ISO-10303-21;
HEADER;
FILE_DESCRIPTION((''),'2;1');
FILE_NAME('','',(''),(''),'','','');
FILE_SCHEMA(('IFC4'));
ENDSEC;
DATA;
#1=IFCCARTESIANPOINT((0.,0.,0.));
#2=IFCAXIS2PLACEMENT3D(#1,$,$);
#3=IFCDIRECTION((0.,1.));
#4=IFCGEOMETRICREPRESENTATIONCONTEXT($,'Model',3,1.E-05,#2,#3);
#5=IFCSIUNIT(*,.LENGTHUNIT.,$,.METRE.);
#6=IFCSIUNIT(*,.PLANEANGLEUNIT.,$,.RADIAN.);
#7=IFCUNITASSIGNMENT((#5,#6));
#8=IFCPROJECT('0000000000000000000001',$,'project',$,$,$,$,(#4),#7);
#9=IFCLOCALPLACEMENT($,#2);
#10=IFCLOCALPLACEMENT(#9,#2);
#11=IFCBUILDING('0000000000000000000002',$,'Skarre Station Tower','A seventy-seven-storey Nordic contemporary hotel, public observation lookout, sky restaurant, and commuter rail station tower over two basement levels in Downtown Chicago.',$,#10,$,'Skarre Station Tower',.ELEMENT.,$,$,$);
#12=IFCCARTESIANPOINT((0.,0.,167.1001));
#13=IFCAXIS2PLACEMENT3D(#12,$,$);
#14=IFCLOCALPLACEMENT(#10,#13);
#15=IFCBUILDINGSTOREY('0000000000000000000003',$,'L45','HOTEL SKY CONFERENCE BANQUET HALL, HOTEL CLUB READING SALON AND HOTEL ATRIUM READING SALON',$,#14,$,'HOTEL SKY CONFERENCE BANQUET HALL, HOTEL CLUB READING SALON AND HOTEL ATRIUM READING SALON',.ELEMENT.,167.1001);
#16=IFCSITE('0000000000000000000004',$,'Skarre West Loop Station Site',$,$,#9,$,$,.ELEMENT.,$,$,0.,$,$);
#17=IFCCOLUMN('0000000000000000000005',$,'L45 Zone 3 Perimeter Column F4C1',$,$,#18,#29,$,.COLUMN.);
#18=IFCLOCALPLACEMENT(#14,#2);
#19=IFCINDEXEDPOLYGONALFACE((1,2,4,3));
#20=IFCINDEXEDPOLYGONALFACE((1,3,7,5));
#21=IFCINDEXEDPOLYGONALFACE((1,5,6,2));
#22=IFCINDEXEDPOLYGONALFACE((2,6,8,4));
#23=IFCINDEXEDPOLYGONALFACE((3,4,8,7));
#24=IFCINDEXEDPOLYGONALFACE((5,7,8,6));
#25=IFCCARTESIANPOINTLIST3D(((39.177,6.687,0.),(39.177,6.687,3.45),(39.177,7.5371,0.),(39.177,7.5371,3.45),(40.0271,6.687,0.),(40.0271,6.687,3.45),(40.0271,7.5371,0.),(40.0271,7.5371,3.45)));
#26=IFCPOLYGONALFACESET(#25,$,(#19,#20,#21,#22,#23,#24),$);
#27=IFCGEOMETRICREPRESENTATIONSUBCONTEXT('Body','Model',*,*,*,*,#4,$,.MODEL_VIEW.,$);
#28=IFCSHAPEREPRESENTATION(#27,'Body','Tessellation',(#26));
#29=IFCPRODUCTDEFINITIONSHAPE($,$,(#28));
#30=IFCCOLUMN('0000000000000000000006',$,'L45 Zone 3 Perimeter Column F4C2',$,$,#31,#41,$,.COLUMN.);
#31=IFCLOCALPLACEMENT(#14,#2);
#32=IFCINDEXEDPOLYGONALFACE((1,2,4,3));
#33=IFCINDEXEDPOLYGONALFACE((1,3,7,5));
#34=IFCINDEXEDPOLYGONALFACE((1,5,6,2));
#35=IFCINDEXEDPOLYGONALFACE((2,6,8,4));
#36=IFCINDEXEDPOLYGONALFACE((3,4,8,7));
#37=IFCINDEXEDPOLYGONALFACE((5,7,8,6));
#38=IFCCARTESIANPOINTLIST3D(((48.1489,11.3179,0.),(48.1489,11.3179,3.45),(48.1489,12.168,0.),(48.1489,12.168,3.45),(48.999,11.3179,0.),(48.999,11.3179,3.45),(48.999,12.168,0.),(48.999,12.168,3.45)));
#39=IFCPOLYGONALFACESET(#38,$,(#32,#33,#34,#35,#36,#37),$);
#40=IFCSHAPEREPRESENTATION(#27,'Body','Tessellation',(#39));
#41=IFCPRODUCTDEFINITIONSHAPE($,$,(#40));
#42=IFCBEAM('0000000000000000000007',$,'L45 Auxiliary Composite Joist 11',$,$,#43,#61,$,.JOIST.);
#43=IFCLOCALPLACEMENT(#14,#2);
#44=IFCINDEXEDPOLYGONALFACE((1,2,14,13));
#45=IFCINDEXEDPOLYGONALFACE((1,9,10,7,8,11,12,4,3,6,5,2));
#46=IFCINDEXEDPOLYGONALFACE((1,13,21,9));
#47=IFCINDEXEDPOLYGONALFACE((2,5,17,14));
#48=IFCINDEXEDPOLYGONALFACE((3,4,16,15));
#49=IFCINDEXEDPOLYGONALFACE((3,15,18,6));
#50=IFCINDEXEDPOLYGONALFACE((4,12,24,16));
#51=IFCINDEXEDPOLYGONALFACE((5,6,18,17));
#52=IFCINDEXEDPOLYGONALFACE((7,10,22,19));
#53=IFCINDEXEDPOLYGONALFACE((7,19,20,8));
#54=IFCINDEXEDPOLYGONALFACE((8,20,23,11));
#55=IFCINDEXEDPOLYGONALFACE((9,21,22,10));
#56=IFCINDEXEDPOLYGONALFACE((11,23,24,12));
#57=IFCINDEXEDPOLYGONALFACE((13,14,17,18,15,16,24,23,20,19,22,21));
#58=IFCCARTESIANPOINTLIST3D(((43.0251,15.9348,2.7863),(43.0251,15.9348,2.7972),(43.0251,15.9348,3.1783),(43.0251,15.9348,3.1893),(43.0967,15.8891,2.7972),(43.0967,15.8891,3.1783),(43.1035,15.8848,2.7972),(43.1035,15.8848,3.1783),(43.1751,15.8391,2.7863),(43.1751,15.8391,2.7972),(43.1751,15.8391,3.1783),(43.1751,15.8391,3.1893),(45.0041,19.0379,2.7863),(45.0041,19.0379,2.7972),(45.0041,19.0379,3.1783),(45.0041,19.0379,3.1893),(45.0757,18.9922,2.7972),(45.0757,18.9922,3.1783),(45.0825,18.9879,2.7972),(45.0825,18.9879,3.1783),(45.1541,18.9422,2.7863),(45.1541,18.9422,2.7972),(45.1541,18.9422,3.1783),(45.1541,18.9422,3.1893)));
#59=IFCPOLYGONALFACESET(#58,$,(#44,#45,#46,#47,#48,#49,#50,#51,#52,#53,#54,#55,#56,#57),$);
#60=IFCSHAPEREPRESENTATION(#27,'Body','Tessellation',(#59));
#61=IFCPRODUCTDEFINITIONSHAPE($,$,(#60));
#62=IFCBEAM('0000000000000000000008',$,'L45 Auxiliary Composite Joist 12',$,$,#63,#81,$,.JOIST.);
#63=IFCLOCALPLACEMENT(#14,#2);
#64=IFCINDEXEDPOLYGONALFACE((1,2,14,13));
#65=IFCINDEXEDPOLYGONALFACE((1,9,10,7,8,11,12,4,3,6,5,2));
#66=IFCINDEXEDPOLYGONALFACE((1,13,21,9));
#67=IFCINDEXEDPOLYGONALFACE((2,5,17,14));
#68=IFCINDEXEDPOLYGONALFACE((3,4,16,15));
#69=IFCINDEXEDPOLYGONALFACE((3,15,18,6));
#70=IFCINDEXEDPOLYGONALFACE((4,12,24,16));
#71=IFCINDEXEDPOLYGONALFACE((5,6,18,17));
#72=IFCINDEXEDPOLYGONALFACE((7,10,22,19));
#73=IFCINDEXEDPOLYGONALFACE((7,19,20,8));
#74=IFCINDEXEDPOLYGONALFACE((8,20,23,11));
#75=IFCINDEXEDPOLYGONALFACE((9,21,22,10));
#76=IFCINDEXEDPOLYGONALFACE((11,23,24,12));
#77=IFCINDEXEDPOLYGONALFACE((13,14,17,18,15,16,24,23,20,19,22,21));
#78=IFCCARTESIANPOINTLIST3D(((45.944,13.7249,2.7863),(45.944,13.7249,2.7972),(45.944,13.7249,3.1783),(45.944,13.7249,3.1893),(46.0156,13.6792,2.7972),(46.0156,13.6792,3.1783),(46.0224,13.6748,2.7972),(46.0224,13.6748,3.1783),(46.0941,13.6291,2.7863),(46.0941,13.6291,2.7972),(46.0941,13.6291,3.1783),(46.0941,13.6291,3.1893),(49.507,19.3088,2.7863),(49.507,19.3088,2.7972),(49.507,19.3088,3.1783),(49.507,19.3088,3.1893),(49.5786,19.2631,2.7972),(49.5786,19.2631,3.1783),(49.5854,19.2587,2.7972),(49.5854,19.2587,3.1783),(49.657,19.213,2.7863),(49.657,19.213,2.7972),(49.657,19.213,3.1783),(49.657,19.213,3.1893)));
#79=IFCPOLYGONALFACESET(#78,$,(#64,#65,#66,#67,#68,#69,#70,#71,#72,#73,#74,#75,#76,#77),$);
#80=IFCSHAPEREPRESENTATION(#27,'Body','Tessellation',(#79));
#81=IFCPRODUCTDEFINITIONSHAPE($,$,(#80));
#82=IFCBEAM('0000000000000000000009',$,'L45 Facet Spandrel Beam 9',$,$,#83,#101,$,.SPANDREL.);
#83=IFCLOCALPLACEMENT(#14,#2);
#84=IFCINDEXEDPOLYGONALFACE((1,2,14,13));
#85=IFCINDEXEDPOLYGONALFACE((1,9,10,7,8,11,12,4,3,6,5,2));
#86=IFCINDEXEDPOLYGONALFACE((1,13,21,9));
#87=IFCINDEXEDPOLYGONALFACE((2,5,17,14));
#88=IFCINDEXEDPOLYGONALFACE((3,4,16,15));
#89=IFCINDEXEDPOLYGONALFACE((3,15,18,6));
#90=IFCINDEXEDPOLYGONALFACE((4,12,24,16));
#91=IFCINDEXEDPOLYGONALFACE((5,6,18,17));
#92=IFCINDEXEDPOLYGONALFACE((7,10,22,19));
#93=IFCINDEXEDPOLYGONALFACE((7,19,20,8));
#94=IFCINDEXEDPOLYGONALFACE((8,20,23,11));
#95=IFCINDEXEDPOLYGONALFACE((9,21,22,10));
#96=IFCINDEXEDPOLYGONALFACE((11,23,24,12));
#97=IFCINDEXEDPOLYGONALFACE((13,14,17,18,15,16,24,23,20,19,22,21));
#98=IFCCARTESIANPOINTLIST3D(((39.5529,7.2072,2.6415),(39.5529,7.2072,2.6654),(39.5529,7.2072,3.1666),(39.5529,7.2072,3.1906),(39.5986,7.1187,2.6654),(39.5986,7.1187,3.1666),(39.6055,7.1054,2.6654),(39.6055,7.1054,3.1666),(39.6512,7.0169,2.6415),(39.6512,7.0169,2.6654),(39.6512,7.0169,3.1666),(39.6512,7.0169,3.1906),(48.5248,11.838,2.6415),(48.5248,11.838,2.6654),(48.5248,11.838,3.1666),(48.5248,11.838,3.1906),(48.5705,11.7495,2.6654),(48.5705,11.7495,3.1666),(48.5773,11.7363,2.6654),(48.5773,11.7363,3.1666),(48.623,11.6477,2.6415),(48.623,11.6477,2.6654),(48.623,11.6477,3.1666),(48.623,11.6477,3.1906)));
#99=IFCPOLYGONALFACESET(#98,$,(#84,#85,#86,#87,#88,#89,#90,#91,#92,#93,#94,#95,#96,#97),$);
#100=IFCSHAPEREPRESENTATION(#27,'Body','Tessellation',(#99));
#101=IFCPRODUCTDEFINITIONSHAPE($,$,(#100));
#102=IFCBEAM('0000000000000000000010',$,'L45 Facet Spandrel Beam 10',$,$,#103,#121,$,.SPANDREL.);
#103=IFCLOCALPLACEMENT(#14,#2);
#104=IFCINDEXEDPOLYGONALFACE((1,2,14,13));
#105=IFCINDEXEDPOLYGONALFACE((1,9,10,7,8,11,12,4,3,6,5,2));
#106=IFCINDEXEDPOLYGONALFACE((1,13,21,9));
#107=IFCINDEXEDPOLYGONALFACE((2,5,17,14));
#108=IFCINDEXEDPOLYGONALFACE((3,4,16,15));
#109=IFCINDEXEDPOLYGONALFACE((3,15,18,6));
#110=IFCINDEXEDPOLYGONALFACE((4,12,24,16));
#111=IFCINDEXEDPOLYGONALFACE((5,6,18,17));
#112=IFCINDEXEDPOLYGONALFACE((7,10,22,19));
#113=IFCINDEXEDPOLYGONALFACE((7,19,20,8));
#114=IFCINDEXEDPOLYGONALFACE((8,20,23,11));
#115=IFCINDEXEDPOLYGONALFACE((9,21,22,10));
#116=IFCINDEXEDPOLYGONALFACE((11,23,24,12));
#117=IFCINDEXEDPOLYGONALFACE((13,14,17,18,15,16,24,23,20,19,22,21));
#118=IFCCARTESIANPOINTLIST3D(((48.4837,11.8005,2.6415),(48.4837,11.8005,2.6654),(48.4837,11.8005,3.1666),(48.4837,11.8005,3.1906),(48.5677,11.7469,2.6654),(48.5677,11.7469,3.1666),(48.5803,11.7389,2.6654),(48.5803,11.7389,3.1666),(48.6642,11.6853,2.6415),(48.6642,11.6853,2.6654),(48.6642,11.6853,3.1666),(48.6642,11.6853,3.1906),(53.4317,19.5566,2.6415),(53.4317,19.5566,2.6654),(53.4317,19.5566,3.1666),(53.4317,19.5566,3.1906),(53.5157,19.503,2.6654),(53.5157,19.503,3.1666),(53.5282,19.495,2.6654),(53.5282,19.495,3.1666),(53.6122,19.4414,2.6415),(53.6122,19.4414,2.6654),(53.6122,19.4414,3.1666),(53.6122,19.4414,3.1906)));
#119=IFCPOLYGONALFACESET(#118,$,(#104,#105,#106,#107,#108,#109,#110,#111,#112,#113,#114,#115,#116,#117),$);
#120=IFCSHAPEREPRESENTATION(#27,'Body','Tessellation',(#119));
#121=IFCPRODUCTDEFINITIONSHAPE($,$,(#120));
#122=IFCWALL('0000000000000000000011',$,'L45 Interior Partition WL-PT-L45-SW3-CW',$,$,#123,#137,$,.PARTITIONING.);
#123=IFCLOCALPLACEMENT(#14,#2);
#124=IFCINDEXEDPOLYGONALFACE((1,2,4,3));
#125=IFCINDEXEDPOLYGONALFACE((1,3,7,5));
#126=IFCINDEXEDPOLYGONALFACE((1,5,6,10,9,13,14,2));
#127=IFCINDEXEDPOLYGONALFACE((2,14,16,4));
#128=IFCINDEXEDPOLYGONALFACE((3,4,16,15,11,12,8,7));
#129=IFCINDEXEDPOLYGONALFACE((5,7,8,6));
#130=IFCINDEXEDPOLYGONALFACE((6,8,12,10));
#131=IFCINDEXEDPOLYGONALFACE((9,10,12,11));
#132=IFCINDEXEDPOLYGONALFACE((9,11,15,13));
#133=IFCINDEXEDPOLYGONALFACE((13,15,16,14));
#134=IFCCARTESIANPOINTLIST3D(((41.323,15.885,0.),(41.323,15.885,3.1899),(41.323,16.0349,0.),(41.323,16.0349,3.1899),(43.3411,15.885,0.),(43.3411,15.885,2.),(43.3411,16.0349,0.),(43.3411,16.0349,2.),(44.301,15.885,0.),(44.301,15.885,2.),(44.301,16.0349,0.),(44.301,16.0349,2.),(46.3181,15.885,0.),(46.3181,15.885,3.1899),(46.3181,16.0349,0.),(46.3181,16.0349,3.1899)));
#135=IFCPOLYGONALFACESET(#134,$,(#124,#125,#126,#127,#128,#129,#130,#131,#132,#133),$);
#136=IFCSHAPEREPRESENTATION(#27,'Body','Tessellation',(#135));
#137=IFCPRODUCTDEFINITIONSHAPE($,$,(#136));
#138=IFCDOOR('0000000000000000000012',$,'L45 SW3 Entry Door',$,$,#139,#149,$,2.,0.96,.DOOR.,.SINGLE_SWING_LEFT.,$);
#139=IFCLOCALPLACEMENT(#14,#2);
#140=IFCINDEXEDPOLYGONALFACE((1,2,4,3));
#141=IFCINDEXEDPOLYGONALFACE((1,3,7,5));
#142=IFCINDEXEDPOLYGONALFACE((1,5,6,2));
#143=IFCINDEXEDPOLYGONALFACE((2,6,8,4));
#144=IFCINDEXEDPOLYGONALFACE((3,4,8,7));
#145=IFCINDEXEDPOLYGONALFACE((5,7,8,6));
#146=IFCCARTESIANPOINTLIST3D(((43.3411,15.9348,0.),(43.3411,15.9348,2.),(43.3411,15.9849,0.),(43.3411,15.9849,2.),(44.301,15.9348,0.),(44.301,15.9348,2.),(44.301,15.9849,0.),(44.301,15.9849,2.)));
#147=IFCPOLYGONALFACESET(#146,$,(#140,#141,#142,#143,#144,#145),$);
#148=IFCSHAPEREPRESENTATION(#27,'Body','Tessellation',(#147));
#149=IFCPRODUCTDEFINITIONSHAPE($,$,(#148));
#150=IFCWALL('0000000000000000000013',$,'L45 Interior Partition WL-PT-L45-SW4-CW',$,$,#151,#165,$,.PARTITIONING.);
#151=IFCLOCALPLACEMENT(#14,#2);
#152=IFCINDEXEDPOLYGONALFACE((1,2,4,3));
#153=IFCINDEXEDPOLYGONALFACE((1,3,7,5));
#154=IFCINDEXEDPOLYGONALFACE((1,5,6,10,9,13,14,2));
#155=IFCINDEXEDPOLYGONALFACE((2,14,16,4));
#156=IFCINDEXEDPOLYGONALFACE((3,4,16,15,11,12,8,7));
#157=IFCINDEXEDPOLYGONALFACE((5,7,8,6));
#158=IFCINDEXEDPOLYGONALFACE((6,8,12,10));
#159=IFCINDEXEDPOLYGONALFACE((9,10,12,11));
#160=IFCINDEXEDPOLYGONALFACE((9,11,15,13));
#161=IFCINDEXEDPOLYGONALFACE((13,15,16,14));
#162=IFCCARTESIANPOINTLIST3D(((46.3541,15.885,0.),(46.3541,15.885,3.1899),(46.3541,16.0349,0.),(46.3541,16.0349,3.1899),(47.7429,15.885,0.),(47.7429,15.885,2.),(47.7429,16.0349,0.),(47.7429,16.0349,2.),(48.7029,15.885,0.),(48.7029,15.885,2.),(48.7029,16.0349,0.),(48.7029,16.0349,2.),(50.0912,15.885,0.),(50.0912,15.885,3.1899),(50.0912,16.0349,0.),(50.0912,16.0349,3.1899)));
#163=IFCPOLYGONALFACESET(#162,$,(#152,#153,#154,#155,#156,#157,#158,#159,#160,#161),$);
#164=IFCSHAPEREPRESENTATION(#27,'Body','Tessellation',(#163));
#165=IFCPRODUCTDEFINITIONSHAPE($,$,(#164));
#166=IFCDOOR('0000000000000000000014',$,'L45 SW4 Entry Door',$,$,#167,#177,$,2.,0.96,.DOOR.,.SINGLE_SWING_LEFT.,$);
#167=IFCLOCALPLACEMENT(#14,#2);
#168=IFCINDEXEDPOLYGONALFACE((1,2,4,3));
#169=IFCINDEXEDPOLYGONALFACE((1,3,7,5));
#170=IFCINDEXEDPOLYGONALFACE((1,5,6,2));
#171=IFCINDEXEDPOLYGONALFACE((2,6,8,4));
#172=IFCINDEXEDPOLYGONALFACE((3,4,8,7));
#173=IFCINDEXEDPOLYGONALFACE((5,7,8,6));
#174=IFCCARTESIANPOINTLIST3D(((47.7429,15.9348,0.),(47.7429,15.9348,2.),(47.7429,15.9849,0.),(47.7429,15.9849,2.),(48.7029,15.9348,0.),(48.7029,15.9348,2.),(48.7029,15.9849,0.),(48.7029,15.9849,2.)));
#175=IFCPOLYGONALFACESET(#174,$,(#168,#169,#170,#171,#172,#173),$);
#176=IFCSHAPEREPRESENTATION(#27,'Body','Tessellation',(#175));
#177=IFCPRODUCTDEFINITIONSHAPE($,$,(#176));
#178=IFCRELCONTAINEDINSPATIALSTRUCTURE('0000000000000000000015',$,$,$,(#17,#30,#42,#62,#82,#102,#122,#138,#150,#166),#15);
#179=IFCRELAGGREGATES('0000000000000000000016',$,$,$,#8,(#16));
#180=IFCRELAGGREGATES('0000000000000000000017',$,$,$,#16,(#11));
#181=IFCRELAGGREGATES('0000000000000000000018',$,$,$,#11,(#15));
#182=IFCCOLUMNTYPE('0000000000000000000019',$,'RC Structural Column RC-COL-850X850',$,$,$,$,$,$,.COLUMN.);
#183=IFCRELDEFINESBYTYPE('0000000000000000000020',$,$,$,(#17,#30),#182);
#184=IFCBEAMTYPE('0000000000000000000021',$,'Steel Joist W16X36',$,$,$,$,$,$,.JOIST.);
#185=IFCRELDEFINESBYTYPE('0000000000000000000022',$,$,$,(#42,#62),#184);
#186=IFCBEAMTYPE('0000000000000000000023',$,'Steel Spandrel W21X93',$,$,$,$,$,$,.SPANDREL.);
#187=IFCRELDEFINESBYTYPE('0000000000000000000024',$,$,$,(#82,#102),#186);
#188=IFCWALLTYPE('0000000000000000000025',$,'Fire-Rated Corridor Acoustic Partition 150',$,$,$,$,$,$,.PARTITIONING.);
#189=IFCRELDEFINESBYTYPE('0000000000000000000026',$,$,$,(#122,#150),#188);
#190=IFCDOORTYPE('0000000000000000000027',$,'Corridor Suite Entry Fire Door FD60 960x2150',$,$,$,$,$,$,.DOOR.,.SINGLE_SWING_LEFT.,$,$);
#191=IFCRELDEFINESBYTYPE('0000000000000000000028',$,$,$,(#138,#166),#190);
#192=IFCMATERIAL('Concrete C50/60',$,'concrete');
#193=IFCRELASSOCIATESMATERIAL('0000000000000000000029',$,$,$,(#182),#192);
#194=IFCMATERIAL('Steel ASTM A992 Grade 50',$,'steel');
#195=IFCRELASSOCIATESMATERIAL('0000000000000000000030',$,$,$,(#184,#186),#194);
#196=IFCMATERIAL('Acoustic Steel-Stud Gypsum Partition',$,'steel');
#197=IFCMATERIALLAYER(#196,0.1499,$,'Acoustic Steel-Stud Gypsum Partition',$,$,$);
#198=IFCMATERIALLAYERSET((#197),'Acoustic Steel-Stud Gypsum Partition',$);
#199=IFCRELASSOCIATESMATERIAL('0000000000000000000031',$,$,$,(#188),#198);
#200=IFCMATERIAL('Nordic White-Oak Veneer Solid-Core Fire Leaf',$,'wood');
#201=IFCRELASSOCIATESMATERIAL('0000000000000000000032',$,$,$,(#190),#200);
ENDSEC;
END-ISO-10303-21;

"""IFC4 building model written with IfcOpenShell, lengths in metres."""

from ifc_helpers import new_model, si_unit, direction, frame, frame_2d, origin, origin_2d, place, context, subcontext, project, spatial, rectangle, i_section, extrude, material, layer, layer_set, material_profile, profile_set, type_object, element, fill, save


model = new_model("IFC4")

# Units and contexts
model_context = context("Model", 3, precision=1e-05, world=origin(), true_north=direction((0.0, 1.0)))
body_context = subcontext(model_context, "Body", "Model", "MODEL_VIEW")
ifc_project = project(units=[si_unit("LENGTHUNIT", "METRE"), si_unit("PLANEANGLEUNIT", "RADIAN")], contexts=[model_context])

# Site, building, storey
site_placement = place(None, origin())
site = spatial("IfcSite", under=ifc_project, at=site_placement, Name="Skarre West Loop Station Site", CompositionType="ELEMENT", RefElevation=0.0)
building_placement = place(site_placement, origin())
building = spatial("IfcBuilding", under=site, at=building_placement, Name="Skarre Station Tower", Description="A seventy-seven-storey Nordic contemporary hotel, public observation lookout, sky restaurant, and commuter rail station tower over two basement levels in Downtown Chicago.", LongName="Skarre Station Tower", CompositionType="ELEMENT")
storey_placement = place(building_placement, frame((0.0, 0.0, 167.1001)))
storey = spatial("IfcBuildingStorey", under=building, at=storey_placement, Name="L45", Description="HOTEL SKY CONFERENCE BANQUET HALL, HOTEL CLUB READING SALON AND HOTEL ATRIUM READING SALON", LongName="HOTEL SKY CONFERENCE BANQUET HALL, HOTEL CLUB READING SALON AND HOTEL ATRIUM READING SALON", CompositionType="ELEMENT", Elevation=167.1001)

# Columns
ifc_material_1 = material(Name="Concrete C50/60", Category="concrete")
ifc_material_profile_1 = material_profile(ifc_material_1, rectangle(XDim=0.8501, YDim=0.8501, at=origin_2d()), Name="Concrete C50/60")
ifc_profile_set_1 = profile_set([ifc_material_profile_1], Name="Concrete C50/60")
column_type = type_object("IfcColumnType", Name="RC Structural Column RC-COL-850X850", PredefinedType="COLUMN", material=ifc_profile_set_1)
for number, where, z_axis, x_axis, name in (
    (1, (39.6021, 7.1121, 0.0), (0.0, 0.0, 1.0), (1.0, 0.0, 0.0), "L45 Zone 3 Perimeter Column F4C1"),
    (2, (48.574, 11.7429, 0.0), (0.0, 0.0, 1.0), (1.0, 0.0, 0.0), "L45 Zone 3 Perimeter Column F4C2"),
):
    element("IfcColumn", number, at=place(storey_placement, frame(where, z_axis=z_axis, x_axis=x_axis)), inside=storey, type_object=column_type, Name=name, PredefinedType="COLUMN", context=body_context, shape_type="SweptSolid", body=[
        extrude(rectangle(XDim=0.8501, YDim=0.8501, at=origin_2d()), origin(), (0.0, 0.0, 1.0), 3.45),
    ])

# Beams
ifc_material_2 = material(Name="Steel ASTM A992 Grade 50", Category="steel")
ifc_material_profile_2 = material_profile(ifc_material_2, i_section(OverallWidth=0.178, OverallDepth=0.4031, WebThickness=0.0081, FlangeThickness=0.011, at=origin_2d()), Name="Steel ASTM A992 Grade 50")
ifc_profile_set_2 = profile_set([ifc_material_profile_2], Name="Steel ASTM A992 Grade 50")
beam_type_1 = type_object("IfcBeamType", Name="Steel Joist W16X36", PredefinedType="JOIST", material=ifc_profile_set_2)
beam_1_placement = place(storey_placement, frame((43.1001, 15.887, 2.9878), z_axis=(0.537717, 0.843126, 0.0), x_axis=(-0.843126, 0.537717, 0.0)))
element("IfcBeam", 3, at=beam_1_placement, inside=storey, type_object=beam_type_1, Name="L45 Auxiliary Composite Joist 11", PredefinedType="JOIST", context=body_context, shape_type="SweptSolid", body=[
    extrude(i_section(OverallWidth=0.178, OverallDepth=0.4031, WebThickness=0.0081, FlangeThickness=0.011, at=origin_2d()), origin(), (0.0, 0.0, 1.0), 3.6804),
])
beam_2_placement = place(storey_placement, frame((46.019, 13.677, 2.9878), z_axis=(0.537901, 0.843008, 0.0), x_axis=(-0.843008, 0.537901, 0.0)))
element("IfcBeam", 4, at=beam_2_placement, inside=storey, type_object=beam_type_1, Name="L45 Auxiliary Composite Joist 12", PredefinedType="JOIST", context=body_context, shape_type="SweptSolid", body=[
    extrude(i_section(OverallWidth=0.178, OverallDepth=0.4031, WebThickness=0.0081, FlangeThickness=0.011, at=origin_2d()), origin(), (0.0, 0.0, 1.0), 6.6238),
])
ifc_material_profile_3 = material_profile(ifc_material_2, i_section(OverallWidth=0.2141, OverallDepth=0.5491, WebThickness=0.0149, FlangeThickness=0.0239, at=origin_2d()), Name="Steel ASTM A992 Grade 50")
ifc_profile_set_3 = profile_set([ifc_material_profile_3], Name="Steel ASTM A992 Grade 50")
beam_type_2 = type_object("IfcBeamType", Name="Steel Spandrel W21X93", PredefinedType="SPANDREL", material=ifc_profile_set_3)
beam_3_placement = place(storey_placement, frame((39.6021, 7.1121, 2.916), z_axis=(0.888613, 0.458658, 0.0), x_axis=(-0.458658, 0.888613, 0.0)))
element("IfcBeam", 5, at=beam_3_placement, inside=storey, type_object=beam_type_2, Name="L45 Facet Spandrel Beam 9", PredefinedType="SPANDREL", context=body_context, shape_type="SweptSolid", body=[
    extrude(i_section(OverallWidth=0.2141, OverallDepth=0.5491, WebThickness=0.0149, FlangeThickness=0.0239, at=origin_2d()), origin(), (0.0, 0.0, 1.0), 10.0964),
])
beam_4_placement = place(storey_placement, frame((48.574, 11.7429, 2.916), z_axis=(0.537826, 0.843056, 0.0), x_axis=(-0.843056, 0.537826, 0.0)))
element("IfcBeam", 6, at=beam_4_placement, inside=storey, type_object=beam_type_2, Name="L45 Facet Spandrel Beam 10", PredefinedType="SPANDREL", context=body_context, shape_type="SweptSolid", body=[
    extrude(i_section(OverallWidth=0.2141, OverallDepth=0.5491, WebThickness=0.0149, FlangeThickness=0.0239, at=origin_2d()), origin(), (0.0, 0.0, 1.0), 9.2),
])

# Walls, openings, doors
ifc_material_3 = material(Name="Acoustic Steel-Stud Gypsum Partition", Category="steel")
ifc_layer_1 = layer(ifc_material_3, 0.1499, Name="Acoustic Steel-Stud Gypsum Partition")
ifc_layer_set_1 = layer_set([ifc_layer_1], Name="Acoustic Steel-Stud Gypsum Partition")
wall_type_1 = type_object("IfcWallType", Name="Fire-Rated Corridor Acoustic Partition 150", PredefinedType="PARTITIONING", material=ifc_layer_set_1)
wall_1_placement = place(storey_placement, frame((41.323, 15.96, 0.0), z_axis=(0.0, 0.0, 1.0), x_axis=(1.0, 0.0, 0.0)))
wall_1 = element("IfcWall", 7, at=wall_1_placement, inside=storey, type_object=wall_type_1, Name="L45 Interior Partition WL-PT-L45-SW3-CW", PredefinedType="PARTITIONING", context=body_context, shape_type="SweptSolid", body=[
    extrude(rectangle(XDim=4.9951, YDim=0.1499, at=frame_2d((2.4976, 0.0))), origin(), (0.0, 0.0, 1.0), 3.1899),
])
opening_1_placement = place(wall_1_placement, frame((2.0181, 0.0, 0.0)))
opening_1 = element("IfcOpeningElement", 8, at=opening_1_placement, cuts=wall_1, PredefinedType="OPENING", context=body_context, shape_type="SweptSolid", body=[
    extrude(rectangle(XDim=0.96, YDim=2.0, at=frame_2d((0.48, 1.0))), frame((0.0, 0.085, 0.0), z_axis=(0.0, -1.0, 0.0), x_axis=(1.0, 0.0, 0.0)), (0.0, 0.0, 1.0), 0.1699),
])
ifc_material_4 = material(Name="Nordic White-Oak Veneer Solid-Core Fire Leaf", Category="wood")
door_type = type_object("IfcDoorType", Name="Corridor Suite Entry Fire Door FD60 960x2150", OperationType="SINGLE_SWING_LEFT", PredefinedType="DOOR", material=ifc_material_4)
door_1_placement = place(opening_1_placement, origin())
door_1 = element("IfcDoor", 9, at=door_1_placement, inside=storey, type_object=door_type, Name="L45 SW3 Entry Door", OperationType="SINGLE_SWING_LEFT", OverallHeight=2.0, OverallWidth=0.96, PredefinedType="DOOR", context=body_context, shape_type="SweptSolid", body=[
    extrude(rectangle(XDim=0.96, YDim=2.0, at=frame_2d((0.48, 1.0))), frame((0.0, 0.0249, 0.0), z_axis=(0.0, -1.0, 0.0), x_axis=(1.0, 0.0, 0.0)), (0.0, 0.0, 1.0), 0.05),
])
fill(opening_1, door_1)
wall_2_placement = place(storey_placement, frame((46.354, 15.96, 0.0), z_axis=(0.0, 0.0, 1.0), x_axis=(1.0, 0.0, 0.0)))
wall_2 = element("IfcWall", 10, at=wall_2_placement, inside=storey, type_object=wall_type_1, Name="L45 Interior Partition WL-PT-L45-SW4-CW", PredefinedType="PARTITIONING", context=body_context, shape_type="SweptSolid", body=[
    extrude(rectangle(XDim=3.7371, YDim=0.1499, at=frame_2d((1.8687, 0.0))), origin(), (0.0, 0.0, 1.0), 3.1899),
])
opening_2_placement = place(wall_2_placement, frame((1.3889, 0.0, 0.0)))
opening_2 = element("IfcOpeningElement", 11, at=opening_2_placement, cuts=wall_2, PredefinedType="OPENING", context=body_context, shape_type="SweptSolid", body=[
    extrude(rectangle(XDim=0.96, YDim=2.0, at=frame_2d((0.48, 1.0))), frame((0.0, 0.085, 0.0), z_axis=(0.0, -1.0, 0.0), x_axis=(1.0, 0.0, 0.0)), (0.0, 0.0, 1.0), 0.1699),
])
door_2_placement = place(opening_2_placement, origin())
door_2 = element("IfcDoor", 12, at=door_2_placement, inside=storey, type_object=door_type, Name="L45 SW4 Entry Door", OperationType="SINGLE_SWING_LEFT", OverallHeight=2.0, OverallWidth=0.96, PredefinedType="DOOR", context=body_context, shape_type="SweptSolid", body=[
    extrude(rectangle(XDim=0.96, YDim=2.0, at=frame_2d((0.48, 1.0))), frame((0.0, 0.0249, 0.0), z_axis=(0.0, -1.0, 0.0), x_axis=(1.0, 0.0, 0.0)), (0.0, 0.0, 1.0), 0.05),
])
fill(opening_2, door_2)

save(model, "model.ifc")
